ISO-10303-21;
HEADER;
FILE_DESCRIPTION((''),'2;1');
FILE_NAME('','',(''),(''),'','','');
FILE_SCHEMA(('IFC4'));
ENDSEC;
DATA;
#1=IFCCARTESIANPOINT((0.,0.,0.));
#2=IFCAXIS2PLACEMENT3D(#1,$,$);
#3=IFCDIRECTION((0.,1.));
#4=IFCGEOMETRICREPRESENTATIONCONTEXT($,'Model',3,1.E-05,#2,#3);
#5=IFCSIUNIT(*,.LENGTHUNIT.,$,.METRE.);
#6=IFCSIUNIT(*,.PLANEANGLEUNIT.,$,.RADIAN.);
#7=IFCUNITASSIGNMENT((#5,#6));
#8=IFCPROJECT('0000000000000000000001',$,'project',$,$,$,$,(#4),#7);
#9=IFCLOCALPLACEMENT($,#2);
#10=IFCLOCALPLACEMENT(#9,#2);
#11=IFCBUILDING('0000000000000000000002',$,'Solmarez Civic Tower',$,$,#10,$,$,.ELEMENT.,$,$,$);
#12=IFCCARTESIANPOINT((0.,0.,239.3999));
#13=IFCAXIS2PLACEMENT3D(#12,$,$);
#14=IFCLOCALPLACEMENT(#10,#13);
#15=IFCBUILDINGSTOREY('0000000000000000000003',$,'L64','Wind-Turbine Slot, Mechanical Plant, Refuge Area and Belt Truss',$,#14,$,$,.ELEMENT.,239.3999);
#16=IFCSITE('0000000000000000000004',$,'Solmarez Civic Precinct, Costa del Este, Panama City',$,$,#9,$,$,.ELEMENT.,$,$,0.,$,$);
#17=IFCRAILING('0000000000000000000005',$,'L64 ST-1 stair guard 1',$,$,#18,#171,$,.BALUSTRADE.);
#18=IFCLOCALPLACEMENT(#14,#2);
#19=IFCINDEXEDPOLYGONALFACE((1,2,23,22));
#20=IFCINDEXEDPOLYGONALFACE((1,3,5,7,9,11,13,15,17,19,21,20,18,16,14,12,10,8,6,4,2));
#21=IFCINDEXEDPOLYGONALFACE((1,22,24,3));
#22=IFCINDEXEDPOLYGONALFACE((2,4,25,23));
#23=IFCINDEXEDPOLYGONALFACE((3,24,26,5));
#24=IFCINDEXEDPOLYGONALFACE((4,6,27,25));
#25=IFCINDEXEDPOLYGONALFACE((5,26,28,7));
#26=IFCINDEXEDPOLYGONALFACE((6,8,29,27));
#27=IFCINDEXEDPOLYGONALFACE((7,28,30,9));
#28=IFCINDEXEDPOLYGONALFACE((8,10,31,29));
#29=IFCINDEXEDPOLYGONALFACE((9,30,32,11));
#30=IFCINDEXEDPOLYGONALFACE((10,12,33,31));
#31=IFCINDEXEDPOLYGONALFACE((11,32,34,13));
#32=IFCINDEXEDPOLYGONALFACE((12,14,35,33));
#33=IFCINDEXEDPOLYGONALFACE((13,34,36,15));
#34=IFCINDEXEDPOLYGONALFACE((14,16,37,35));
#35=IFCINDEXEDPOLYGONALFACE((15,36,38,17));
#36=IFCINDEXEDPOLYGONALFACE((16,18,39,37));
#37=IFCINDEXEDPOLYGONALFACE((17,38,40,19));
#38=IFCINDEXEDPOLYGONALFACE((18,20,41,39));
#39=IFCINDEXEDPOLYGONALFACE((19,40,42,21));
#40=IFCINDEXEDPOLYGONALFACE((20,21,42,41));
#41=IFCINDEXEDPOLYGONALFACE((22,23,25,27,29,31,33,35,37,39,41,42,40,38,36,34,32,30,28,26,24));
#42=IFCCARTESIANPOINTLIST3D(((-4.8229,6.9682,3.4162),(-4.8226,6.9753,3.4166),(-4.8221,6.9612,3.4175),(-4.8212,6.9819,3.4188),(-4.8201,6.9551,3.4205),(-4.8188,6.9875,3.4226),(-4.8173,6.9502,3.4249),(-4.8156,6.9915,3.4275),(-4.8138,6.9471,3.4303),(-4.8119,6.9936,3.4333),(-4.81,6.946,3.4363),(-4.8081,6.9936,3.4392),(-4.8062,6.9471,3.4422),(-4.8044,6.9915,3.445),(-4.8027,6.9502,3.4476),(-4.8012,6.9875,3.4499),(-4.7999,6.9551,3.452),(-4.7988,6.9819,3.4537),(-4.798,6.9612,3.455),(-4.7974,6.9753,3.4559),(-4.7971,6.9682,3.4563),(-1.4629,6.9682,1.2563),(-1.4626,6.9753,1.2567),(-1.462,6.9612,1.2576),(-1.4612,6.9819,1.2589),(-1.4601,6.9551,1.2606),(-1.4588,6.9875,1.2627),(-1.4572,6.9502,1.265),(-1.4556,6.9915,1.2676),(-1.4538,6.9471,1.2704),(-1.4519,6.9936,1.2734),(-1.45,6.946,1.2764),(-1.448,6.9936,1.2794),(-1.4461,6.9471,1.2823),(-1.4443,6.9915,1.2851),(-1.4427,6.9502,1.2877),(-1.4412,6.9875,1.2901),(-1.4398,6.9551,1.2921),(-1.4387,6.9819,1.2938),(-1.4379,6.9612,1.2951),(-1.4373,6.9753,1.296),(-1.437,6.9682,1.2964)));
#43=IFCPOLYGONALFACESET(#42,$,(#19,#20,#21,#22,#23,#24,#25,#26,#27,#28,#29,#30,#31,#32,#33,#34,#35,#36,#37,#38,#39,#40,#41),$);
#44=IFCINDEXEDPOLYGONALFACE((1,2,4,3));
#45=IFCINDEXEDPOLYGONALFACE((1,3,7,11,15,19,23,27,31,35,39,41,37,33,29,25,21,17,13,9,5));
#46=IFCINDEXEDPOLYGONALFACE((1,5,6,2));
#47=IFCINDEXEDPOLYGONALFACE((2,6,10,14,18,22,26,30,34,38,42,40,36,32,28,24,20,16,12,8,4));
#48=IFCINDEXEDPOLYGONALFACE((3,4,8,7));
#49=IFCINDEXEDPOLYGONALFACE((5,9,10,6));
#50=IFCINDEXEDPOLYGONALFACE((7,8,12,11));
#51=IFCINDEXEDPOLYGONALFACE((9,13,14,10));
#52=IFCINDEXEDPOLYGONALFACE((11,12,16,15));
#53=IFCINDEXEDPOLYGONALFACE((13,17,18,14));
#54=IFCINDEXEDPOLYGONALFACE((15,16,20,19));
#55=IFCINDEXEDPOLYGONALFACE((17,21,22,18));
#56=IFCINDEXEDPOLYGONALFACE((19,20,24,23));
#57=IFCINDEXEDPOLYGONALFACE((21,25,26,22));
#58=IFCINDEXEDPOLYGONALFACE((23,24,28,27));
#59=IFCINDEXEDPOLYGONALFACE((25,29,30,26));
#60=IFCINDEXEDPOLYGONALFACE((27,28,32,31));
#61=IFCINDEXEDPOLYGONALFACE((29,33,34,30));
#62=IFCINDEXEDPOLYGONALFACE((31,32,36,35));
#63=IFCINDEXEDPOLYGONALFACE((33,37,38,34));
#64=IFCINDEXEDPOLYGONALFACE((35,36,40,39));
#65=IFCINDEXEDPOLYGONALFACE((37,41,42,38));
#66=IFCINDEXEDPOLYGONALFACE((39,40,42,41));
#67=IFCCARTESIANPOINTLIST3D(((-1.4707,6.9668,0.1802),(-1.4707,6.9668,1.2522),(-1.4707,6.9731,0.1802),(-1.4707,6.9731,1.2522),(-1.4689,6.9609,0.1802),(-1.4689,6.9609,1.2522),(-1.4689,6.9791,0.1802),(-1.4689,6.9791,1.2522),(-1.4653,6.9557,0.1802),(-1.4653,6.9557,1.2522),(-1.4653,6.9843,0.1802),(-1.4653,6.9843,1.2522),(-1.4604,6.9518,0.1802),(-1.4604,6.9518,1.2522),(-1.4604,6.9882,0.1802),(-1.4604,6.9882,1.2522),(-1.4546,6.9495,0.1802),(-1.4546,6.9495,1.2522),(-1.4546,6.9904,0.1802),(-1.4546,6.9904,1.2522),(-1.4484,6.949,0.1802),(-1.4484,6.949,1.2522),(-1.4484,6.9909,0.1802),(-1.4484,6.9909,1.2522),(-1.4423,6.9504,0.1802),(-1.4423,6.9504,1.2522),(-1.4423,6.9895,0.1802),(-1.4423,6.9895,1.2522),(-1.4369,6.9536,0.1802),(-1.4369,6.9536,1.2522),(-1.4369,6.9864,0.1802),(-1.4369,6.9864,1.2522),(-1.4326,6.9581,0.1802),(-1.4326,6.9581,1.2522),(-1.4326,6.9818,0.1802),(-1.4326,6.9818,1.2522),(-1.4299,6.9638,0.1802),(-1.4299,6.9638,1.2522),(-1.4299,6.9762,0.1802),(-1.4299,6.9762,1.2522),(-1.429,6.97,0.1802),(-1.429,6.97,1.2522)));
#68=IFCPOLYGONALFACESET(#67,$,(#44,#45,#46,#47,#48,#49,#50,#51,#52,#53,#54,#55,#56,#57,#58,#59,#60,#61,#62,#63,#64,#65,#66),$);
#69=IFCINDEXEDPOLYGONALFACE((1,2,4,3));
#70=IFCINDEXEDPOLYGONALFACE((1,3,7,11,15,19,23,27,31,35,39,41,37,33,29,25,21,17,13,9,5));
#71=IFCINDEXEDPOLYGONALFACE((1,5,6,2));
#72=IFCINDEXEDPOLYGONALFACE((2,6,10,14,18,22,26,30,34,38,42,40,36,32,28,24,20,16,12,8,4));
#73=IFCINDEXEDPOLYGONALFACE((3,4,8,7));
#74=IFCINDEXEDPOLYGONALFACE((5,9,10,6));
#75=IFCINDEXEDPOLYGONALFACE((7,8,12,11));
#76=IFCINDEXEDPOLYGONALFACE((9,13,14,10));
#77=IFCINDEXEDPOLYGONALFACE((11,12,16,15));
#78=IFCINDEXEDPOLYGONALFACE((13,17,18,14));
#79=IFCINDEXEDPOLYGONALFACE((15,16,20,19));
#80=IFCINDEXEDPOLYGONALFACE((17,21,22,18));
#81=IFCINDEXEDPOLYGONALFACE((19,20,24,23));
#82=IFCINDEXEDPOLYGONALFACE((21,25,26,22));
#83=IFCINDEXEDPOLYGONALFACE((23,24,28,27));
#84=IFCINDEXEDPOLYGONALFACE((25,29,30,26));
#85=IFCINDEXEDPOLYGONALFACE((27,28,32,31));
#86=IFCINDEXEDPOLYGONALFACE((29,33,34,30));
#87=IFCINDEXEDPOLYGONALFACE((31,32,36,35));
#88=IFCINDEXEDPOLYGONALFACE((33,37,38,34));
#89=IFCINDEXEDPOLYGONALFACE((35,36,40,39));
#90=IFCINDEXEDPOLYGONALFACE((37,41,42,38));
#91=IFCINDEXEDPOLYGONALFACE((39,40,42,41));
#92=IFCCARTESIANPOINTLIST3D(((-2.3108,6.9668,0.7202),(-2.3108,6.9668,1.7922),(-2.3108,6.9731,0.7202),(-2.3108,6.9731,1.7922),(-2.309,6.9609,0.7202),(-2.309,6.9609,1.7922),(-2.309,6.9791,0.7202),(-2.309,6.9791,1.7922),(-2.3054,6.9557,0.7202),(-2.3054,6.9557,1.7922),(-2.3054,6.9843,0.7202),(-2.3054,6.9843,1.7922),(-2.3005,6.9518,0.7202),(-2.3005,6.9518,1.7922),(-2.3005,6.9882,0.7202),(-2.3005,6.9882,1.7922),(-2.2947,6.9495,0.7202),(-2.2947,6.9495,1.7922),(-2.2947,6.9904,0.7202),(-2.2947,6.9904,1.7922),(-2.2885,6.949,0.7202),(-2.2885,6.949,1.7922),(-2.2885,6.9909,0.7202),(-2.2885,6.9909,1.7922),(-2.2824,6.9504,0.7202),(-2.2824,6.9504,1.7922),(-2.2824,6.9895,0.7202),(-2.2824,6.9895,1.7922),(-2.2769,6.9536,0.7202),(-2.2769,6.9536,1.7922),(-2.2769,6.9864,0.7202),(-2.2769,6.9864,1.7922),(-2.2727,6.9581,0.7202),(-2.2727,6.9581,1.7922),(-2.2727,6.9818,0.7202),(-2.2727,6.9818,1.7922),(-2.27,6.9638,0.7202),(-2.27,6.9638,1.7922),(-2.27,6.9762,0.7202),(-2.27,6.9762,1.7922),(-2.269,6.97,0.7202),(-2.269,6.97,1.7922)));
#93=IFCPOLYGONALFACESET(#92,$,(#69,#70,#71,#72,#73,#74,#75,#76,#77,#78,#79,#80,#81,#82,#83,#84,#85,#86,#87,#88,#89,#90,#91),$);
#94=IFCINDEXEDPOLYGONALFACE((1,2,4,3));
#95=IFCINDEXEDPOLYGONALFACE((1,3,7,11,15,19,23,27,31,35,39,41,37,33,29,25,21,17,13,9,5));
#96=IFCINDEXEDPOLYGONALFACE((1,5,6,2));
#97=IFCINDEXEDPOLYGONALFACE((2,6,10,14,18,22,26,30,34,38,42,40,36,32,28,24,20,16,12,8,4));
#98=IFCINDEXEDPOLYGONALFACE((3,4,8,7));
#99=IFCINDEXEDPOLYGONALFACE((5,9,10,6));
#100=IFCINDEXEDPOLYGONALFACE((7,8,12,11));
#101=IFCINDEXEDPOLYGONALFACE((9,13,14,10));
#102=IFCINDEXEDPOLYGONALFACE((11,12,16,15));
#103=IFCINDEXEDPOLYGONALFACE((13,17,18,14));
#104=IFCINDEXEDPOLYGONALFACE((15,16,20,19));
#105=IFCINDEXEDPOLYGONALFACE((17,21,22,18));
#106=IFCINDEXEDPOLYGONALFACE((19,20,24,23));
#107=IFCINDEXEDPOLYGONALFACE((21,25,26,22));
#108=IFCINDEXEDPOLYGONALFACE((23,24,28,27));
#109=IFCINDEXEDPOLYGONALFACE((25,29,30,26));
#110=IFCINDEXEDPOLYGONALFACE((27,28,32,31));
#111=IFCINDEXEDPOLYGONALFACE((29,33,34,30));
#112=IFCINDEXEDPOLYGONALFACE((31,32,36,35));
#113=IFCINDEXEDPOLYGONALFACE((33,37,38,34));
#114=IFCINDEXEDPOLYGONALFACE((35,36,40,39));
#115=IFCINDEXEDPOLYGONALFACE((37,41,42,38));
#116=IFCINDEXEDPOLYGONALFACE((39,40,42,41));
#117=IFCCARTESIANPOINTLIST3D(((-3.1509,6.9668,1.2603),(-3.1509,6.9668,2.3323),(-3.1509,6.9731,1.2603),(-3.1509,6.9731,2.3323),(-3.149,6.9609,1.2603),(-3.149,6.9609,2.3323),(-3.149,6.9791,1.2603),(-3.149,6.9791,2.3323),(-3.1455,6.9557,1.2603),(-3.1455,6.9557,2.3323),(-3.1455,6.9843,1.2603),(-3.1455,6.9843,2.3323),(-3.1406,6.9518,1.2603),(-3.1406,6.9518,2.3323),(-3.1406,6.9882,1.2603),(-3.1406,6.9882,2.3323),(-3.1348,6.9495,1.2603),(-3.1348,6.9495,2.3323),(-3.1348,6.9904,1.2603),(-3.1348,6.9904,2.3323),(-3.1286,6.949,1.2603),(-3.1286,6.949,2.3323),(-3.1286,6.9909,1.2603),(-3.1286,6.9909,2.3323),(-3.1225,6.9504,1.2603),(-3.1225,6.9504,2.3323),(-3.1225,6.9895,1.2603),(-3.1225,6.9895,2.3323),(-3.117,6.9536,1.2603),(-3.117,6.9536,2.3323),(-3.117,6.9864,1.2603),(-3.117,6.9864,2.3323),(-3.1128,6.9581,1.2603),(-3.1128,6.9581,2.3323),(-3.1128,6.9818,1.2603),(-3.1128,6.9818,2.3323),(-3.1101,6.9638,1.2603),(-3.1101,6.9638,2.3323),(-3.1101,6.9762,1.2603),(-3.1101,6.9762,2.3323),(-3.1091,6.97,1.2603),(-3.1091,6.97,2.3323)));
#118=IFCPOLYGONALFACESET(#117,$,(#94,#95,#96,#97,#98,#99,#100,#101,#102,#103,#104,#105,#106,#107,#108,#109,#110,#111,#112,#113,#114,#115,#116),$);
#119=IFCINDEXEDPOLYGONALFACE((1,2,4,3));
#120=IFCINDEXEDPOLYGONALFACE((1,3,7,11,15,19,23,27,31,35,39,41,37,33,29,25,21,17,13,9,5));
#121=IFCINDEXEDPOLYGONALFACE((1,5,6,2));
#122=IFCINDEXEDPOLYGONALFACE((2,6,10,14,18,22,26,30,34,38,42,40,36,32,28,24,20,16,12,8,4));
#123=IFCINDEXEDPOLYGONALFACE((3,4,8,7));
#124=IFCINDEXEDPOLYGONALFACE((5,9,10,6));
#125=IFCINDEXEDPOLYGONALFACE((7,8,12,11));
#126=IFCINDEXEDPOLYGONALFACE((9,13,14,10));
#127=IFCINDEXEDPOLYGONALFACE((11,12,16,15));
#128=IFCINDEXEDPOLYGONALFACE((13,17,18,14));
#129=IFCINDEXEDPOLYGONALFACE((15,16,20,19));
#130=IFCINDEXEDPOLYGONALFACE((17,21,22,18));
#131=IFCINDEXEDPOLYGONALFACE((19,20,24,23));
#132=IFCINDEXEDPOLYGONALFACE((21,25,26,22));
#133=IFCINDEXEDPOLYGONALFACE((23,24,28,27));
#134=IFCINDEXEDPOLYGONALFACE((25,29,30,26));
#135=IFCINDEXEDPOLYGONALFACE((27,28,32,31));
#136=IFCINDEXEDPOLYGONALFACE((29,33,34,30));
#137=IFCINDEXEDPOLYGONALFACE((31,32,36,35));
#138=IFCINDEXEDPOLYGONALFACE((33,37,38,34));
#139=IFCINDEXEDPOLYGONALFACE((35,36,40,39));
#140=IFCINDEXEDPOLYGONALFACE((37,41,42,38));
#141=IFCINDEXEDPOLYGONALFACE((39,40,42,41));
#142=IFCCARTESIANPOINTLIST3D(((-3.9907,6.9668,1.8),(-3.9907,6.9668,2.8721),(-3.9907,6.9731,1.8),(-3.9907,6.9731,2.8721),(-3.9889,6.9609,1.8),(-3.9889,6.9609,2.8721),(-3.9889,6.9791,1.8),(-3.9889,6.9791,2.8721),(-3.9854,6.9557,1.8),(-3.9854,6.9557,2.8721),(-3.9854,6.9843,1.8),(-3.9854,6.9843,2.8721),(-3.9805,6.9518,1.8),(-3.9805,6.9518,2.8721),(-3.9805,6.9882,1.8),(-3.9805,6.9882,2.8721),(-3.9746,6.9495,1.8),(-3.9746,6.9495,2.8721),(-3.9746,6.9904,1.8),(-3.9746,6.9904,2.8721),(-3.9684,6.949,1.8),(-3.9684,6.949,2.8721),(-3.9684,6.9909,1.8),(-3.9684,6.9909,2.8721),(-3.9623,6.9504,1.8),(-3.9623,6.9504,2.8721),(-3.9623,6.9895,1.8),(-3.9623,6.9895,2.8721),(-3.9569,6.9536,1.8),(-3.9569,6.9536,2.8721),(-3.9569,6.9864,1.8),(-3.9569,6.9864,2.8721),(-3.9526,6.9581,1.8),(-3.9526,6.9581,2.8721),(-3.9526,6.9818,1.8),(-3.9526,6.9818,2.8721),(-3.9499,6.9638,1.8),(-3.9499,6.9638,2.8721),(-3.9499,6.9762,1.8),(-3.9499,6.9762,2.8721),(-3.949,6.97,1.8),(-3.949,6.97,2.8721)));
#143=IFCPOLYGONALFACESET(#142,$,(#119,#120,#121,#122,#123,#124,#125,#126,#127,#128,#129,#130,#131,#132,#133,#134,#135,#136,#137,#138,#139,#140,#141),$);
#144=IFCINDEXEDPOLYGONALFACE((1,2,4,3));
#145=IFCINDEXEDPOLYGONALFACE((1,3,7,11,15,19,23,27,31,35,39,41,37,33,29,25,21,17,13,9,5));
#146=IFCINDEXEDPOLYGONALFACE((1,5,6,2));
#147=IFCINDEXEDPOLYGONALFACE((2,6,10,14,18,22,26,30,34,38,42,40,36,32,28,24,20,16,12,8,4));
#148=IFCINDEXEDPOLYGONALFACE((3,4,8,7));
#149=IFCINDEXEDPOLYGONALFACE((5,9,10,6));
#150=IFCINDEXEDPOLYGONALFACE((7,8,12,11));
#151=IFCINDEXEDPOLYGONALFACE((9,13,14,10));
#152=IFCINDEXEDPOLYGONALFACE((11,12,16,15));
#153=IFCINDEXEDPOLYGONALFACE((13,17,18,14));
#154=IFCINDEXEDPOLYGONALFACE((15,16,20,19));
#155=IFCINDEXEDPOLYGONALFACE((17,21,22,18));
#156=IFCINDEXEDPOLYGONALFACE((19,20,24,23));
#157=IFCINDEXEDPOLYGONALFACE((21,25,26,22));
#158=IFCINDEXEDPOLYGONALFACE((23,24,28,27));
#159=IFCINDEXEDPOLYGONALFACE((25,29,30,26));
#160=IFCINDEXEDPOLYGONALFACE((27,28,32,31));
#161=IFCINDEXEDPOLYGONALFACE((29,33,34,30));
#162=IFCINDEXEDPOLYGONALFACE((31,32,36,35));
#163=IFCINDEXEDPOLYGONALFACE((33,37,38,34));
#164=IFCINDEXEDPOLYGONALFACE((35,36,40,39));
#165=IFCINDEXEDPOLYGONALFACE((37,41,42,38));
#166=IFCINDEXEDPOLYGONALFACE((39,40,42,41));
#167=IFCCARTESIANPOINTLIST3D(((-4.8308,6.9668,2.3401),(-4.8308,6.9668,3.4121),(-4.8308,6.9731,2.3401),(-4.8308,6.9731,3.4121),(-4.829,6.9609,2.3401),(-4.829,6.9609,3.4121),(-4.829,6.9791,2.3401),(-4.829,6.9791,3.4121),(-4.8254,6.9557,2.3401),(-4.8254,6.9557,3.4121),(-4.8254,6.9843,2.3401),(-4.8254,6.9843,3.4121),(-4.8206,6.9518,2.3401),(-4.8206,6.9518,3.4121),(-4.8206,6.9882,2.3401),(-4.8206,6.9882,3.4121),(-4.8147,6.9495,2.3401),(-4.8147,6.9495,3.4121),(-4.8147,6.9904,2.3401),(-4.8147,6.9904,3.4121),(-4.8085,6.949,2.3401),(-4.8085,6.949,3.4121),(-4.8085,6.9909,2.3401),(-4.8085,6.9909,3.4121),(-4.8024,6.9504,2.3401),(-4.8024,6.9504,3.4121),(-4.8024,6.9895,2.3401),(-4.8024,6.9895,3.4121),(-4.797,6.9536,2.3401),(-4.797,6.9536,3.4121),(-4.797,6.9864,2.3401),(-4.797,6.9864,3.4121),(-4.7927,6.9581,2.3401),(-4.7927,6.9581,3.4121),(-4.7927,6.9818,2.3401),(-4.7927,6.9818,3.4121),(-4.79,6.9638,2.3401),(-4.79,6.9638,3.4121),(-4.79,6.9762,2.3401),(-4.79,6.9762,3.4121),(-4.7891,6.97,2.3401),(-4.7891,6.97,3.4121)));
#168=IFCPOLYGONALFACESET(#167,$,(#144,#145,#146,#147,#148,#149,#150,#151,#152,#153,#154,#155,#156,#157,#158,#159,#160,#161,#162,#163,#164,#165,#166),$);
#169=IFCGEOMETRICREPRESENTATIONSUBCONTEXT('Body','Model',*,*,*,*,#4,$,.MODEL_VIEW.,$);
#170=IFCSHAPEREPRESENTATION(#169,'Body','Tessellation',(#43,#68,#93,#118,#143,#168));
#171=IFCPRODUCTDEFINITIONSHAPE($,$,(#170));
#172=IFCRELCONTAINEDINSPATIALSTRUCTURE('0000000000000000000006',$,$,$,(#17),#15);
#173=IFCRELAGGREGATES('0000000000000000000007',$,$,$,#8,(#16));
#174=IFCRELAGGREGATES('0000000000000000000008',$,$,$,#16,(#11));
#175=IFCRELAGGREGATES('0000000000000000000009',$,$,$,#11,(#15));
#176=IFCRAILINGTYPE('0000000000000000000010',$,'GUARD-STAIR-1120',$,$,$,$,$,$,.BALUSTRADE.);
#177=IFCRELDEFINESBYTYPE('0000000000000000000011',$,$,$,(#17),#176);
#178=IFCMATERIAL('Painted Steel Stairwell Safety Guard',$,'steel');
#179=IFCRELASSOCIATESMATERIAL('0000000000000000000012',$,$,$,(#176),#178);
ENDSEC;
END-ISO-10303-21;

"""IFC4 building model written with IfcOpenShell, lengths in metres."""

from ifc_helpers import new_model, si_unit, direction, frame, origin, origin_2d, place, context, subcontext, project, spatial, circle, extrude, material, type_object, element, save


model = new_model("IFC4")

# Units and contexts
model_context = context("Model", 3, precision=1e-05, world=origin(), true_north=direction((0.0, 1.0)))
body_context = subcontext(model_context, "Body", "Model", "MODEL_VIEW")
ifc_project = project(units=[si_unit("LENGTHUNIT", "METRE"), si_unit("PLANEANGLEUNIT", "RADIAN")], contexts=[model_context])

# Site, building, storey
site_placement = place(None, origin())
site = spatial("IfcSite", under=ifc_project, at=site_placement, Name="Solmarez Civic Precinct, Costa del Este, Panama City", CompositionType="ELEMENT", RefElevation=0.0)
building_placement = place(site_placement, origin())
building = spatial("IfcBuilding", under=site, at=building_placement, Name="Solmarez Civic Tower", CompositionType="ELEMENT")
storey_placement = place(building_placement, frame((0.0, 0.0, 239.3999)))
storey = spatial("IfcBuildingStorey", under=building, at=storey_placement, Name="L64", Description="Wind-Turbine Slot, Mechanical Plant, Refuge Area and Belt Truss", CompositionType="ELEMENT", Elevation=239.3999)

# Railing
ifc_material_1 = material(Name="Painted Steel Stairwell Safety Guard", Category="steel")
railing_type_1 = type_object("IfcRailingType", Name="GUARD-STAIR-1120", PredefinedType="BALUSTRADE", material=ifc_material_1)
railing_1_placement = place(storey_placement, frame((-1.45, 6.97, 0.1802)))
element("IfcRailing", 1, at=railing_1_placement, inside=storey, type_object=railing_type_1, Name="L64 ST-1 stair guard 1", PredefinedType="BALUSTRADE", context=body_context, shape_type="SweptSolid", body=[
    extrude(circle(Radius=0.0239, at=origin_2d()), frame((0.0, 0.0, 1.0962), z_axis=(-0.841196, 0.0, 0.54073), x_axis=(0.0, -1.0, 0.0)), (0.0, 0.0, 1.0), 3.9944),
    extrude(circle(Radius=0.021, at=origin_2d()), origin(), (0.0, 0.0, 1.0), 1.072),
    extrude(circle(Radius=0.021, at=origin_2d()), frame((-0.8401, 0.0, 0.54)), (0.0, 0.0, 1.0), 1.072),
    extrude(circle(Radius=0.021, at=origin_2d()), frame((-1.6802, 0.0, 1.0801)), (0.0, 0.0, 1.0), 1.072),
    extrude(circle(Radius=0.021, at=origin_2d()), frame((-2.52, 0.0, 1.6199)), (0.0, 0.0, 1.0), 1.072),
    extrude(circle(Radius=0.021, at=origin_2d()), frame((-3.3601, 0.0, 2.1599)), (0.0, 0.0, 1.0), 1.072),
])

save(model, "model.ifc")
